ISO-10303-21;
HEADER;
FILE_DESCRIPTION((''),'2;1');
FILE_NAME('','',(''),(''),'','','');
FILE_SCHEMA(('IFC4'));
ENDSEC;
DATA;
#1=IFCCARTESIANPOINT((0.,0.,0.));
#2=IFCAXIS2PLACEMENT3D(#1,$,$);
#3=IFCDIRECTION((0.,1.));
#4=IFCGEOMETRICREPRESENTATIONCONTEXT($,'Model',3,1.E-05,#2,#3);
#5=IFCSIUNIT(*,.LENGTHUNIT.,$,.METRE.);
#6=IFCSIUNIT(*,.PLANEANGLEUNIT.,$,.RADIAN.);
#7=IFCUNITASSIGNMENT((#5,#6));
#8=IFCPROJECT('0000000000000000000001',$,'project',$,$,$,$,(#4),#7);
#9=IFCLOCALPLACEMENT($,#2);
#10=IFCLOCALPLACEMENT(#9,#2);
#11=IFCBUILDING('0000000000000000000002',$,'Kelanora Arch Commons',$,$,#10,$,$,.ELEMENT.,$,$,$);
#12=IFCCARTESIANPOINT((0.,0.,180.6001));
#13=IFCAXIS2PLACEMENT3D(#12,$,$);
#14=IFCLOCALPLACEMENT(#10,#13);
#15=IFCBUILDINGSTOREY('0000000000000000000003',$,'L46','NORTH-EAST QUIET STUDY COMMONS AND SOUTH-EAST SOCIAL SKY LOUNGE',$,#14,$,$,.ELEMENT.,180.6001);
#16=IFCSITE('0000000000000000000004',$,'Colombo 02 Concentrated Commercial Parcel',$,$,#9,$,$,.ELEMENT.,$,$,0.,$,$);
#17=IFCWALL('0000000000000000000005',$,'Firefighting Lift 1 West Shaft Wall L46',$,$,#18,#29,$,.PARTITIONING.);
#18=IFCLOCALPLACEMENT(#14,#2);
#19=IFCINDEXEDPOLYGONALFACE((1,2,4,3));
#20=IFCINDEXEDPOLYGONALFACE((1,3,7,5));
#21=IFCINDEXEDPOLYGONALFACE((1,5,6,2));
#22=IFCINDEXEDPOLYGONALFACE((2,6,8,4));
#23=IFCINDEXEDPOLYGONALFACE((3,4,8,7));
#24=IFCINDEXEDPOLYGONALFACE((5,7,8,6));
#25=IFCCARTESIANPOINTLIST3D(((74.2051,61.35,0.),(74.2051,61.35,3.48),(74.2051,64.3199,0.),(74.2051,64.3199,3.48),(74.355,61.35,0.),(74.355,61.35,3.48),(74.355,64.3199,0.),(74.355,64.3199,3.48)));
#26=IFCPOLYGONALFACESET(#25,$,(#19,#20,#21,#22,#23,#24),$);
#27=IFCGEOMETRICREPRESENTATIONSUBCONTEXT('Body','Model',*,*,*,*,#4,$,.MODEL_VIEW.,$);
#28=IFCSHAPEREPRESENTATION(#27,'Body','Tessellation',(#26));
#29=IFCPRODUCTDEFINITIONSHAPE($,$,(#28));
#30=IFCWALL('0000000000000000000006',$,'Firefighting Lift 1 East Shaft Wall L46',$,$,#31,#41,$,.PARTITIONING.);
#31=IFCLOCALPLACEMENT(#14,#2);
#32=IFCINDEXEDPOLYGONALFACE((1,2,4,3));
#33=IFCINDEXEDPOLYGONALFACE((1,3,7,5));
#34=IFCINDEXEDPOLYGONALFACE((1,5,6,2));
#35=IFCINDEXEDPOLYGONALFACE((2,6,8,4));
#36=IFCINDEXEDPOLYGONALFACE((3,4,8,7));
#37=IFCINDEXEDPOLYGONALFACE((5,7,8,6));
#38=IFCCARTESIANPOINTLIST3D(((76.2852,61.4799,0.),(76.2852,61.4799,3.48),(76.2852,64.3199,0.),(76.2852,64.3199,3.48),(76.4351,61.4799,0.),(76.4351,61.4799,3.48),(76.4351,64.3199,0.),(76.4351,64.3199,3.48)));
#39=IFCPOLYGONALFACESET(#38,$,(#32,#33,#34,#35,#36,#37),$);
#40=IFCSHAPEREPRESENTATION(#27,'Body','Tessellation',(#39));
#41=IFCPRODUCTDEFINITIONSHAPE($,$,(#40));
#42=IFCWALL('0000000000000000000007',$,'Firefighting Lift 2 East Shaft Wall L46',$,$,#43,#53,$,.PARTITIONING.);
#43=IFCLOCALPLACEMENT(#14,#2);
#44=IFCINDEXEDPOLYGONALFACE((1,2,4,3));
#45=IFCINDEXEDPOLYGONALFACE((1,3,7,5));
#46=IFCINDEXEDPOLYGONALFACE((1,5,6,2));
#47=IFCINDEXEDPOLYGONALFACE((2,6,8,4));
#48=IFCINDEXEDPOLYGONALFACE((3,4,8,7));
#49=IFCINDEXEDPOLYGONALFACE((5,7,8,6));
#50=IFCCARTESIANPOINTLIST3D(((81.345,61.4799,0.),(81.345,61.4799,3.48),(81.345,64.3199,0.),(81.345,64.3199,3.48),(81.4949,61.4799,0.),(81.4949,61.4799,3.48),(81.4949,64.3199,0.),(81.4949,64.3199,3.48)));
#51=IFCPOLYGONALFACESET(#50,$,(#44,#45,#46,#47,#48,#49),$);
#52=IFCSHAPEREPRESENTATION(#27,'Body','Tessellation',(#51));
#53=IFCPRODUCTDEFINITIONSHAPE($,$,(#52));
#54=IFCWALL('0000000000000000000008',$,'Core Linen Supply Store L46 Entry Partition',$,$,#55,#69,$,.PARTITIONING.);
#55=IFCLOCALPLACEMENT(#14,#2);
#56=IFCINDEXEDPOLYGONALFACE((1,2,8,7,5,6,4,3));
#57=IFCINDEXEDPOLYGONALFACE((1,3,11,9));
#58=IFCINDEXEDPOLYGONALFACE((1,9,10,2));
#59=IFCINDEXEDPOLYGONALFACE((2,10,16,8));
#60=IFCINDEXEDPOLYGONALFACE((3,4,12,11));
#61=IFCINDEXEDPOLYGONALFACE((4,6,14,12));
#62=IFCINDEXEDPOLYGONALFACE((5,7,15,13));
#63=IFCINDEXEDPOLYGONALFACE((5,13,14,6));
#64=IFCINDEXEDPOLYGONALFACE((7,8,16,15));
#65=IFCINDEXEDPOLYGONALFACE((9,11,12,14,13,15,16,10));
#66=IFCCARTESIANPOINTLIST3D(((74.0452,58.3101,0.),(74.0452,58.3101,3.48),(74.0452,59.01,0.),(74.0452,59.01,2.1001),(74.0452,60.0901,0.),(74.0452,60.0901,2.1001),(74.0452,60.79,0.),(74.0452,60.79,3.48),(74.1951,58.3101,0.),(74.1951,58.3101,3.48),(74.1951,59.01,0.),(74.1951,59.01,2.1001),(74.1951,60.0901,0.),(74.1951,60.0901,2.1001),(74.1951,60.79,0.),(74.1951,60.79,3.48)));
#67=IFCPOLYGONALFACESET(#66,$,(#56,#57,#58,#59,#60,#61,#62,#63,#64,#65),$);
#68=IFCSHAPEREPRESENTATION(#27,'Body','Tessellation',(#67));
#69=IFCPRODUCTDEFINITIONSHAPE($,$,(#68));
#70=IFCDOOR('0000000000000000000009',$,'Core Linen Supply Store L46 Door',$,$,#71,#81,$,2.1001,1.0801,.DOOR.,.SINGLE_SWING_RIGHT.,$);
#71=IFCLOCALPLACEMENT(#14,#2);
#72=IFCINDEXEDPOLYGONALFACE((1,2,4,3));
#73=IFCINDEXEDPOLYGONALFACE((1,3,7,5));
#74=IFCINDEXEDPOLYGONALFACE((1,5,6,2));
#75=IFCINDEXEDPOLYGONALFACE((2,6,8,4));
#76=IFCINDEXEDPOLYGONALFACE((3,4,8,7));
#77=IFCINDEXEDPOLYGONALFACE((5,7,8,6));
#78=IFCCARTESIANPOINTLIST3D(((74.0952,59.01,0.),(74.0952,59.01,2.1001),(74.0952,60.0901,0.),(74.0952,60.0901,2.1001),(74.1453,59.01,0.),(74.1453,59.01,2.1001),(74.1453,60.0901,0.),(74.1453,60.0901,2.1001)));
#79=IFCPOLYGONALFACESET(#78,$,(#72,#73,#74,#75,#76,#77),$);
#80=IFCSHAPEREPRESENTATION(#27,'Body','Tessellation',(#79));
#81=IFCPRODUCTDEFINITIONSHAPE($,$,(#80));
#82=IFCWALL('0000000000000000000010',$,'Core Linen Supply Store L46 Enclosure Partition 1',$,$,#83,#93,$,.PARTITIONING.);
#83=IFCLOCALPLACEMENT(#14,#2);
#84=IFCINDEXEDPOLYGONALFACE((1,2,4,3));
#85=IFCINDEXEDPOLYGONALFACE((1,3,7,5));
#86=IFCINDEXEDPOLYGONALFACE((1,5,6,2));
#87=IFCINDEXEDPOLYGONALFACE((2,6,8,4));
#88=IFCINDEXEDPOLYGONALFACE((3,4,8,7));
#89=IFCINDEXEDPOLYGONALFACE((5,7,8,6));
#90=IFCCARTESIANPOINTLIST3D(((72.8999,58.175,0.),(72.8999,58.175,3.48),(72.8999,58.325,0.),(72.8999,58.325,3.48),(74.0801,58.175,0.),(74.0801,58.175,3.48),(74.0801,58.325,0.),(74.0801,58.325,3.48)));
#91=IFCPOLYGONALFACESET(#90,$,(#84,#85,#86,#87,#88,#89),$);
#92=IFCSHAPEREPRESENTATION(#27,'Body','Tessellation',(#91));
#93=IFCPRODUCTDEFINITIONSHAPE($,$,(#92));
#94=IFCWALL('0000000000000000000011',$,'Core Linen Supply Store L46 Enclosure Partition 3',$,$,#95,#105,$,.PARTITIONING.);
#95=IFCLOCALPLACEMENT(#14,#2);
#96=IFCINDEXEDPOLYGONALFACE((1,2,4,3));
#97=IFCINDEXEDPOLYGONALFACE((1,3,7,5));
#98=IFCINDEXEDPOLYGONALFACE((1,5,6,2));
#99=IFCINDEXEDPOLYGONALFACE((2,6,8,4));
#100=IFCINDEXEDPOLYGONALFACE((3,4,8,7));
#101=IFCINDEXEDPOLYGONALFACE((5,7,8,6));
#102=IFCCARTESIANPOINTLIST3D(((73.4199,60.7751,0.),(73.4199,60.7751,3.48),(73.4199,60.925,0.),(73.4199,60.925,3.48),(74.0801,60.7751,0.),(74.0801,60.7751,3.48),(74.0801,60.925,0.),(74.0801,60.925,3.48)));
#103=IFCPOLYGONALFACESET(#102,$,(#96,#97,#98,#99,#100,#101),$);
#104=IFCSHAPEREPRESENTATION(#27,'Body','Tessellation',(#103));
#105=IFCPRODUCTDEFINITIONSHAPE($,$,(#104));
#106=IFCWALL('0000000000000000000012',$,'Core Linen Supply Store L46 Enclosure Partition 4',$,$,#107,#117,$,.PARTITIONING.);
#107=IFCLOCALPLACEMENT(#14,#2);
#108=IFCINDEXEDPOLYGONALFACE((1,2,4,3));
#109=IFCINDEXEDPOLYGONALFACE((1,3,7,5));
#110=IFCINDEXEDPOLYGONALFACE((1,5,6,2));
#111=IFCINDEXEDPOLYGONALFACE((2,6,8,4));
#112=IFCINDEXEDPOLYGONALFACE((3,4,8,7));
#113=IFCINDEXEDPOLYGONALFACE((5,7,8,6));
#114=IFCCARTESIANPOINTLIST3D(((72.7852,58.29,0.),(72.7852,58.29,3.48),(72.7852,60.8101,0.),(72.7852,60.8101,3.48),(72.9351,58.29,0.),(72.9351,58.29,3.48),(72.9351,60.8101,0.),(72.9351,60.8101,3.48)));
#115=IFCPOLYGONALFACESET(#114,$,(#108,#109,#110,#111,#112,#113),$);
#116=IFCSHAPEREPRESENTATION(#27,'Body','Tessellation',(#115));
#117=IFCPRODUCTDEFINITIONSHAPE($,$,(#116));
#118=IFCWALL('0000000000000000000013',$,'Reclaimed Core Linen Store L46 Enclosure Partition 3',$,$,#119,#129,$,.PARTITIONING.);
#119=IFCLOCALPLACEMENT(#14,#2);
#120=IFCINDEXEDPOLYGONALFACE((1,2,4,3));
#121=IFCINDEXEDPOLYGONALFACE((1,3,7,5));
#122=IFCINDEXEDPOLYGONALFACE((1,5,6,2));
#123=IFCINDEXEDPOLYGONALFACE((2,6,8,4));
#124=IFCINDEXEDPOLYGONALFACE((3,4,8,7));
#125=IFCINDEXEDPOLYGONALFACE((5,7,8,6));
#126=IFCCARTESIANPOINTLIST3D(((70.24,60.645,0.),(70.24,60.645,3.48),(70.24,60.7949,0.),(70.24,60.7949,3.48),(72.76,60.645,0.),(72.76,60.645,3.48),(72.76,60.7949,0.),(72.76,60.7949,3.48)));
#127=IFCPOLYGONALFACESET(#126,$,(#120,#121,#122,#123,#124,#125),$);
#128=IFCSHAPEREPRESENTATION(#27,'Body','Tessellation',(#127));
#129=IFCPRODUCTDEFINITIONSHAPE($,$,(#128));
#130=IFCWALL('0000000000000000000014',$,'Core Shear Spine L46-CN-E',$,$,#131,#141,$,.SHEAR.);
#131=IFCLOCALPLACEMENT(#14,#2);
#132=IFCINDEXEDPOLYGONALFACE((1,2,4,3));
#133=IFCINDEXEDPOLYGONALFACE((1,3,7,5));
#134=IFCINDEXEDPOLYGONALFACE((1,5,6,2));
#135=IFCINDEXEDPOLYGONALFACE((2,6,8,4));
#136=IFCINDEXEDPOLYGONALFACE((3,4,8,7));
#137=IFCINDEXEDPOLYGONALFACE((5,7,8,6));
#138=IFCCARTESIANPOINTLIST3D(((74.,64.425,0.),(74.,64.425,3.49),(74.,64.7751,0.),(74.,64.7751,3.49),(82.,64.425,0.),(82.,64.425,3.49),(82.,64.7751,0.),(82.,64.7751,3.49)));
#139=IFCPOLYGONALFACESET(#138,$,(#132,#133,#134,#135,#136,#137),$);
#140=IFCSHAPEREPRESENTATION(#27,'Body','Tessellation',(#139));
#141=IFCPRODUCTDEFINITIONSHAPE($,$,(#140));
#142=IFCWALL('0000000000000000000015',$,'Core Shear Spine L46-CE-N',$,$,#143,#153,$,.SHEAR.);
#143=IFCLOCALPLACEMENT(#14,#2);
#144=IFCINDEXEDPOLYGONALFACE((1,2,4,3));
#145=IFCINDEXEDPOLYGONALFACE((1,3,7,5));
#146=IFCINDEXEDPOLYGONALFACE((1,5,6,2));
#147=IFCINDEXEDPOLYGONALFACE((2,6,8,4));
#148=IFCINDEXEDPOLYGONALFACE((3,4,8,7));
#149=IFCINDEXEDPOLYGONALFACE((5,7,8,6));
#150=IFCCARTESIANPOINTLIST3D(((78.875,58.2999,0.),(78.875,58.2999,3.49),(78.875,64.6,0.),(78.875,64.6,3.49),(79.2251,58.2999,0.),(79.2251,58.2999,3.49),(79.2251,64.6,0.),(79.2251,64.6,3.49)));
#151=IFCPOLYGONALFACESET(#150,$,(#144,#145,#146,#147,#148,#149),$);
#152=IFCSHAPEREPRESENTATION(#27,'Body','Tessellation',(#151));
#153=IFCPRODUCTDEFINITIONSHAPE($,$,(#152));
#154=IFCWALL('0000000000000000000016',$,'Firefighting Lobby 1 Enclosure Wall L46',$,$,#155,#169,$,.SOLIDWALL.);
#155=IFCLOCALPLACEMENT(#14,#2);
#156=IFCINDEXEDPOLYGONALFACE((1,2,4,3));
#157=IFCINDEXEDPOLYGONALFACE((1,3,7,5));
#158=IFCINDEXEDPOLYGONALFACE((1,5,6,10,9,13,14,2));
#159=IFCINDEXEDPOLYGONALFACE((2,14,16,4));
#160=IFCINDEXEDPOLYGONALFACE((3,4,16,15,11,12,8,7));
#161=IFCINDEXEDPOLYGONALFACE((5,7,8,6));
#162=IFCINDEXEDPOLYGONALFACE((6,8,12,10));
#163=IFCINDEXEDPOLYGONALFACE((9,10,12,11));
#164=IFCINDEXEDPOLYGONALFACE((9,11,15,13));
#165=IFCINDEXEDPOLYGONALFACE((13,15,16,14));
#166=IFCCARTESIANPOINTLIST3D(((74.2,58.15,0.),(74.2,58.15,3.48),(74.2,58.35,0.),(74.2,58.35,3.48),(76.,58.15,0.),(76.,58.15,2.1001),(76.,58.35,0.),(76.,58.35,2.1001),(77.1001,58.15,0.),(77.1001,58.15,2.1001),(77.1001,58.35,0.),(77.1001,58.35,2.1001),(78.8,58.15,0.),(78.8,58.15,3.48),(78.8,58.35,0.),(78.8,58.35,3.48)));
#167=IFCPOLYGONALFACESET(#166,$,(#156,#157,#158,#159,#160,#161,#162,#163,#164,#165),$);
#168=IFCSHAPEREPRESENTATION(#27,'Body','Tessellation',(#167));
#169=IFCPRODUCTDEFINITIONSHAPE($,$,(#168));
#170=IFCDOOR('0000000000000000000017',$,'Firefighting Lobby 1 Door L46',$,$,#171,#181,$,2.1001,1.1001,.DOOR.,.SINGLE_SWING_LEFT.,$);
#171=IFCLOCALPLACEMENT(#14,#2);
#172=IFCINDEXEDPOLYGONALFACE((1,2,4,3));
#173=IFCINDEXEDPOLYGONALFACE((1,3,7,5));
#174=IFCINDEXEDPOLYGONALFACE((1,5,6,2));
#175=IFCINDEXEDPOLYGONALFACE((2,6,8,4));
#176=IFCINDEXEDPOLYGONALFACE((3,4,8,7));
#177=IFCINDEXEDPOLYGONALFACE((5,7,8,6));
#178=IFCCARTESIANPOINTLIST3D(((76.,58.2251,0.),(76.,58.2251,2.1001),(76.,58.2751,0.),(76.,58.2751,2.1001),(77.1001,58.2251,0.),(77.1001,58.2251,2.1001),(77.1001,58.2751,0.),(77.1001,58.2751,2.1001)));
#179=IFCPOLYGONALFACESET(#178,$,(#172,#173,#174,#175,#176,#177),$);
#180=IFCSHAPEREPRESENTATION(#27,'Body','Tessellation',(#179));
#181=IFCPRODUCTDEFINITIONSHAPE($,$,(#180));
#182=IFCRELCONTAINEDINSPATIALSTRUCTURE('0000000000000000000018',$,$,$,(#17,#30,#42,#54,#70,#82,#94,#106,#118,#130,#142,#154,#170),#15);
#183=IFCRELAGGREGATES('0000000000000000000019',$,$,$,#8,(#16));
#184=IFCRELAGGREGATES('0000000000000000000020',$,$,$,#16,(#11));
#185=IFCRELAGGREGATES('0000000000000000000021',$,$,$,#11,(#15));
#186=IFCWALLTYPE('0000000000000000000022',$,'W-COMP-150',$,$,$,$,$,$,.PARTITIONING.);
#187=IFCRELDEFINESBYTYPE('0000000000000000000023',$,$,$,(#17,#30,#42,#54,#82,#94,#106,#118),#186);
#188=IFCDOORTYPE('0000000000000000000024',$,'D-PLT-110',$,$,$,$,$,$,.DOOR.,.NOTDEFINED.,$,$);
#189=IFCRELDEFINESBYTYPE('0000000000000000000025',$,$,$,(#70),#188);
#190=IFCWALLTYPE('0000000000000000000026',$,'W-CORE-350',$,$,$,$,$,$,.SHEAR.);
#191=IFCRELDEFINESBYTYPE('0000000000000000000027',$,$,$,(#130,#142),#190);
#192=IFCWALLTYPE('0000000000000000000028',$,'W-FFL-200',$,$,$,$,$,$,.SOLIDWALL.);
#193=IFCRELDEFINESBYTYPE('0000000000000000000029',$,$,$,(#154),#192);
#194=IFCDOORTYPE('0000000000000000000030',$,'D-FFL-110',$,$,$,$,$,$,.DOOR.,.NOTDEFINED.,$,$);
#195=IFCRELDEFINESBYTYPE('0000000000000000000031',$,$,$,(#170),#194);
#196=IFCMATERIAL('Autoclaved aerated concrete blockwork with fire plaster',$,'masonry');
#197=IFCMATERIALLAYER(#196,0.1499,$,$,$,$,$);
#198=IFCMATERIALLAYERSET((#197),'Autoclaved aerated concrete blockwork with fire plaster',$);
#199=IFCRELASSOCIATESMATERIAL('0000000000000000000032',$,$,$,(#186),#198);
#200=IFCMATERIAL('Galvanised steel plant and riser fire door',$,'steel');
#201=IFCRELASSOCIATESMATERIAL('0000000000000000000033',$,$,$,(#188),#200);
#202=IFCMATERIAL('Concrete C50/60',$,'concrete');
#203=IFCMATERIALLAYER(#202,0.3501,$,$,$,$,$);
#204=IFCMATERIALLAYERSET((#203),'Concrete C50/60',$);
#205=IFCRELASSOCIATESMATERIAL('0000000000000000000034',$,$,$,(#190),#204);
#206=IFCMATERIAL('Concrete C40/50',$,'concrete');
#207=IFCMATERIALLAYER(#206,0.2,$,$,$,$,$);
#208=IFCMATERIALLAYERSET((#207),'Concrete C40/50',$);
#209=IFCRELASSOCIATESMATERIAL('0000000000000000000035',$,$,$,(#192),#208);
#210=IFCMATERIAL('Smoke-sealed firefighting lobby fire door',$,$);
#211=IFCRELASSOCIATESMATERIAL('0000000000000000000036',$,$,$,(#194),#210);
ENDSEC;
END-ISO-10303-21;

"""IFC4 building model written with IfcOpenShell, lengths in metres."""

from ifc_helpers import new_model, si_unit, direction, frame, frame_2d, origin, place, context, subcontext, project, spatial, rectangle, extrude, material, layer, layer_set, type_object, element, fill, save


model = new_model("IFC4")

# Units and contexts
model_context = context("Model", 3, precision=1e-05, world=origin(), true_north=direction((0.0, 1.0)))
body_context = subcontext(model_context, "Body", "Model", "MODEL_VIEW")
ifc_project = project(units=[si_unit("LENGTHUNIT", "METRE"), si_unit("PLANEANGLEUNIT", "RADIAN")], contexts=[model_context])

# Site, building, storey
site_placement = place(None, origin())
site = spatial("IfcSite", under=ifc_project, at=site_placement, Name="Colombo 02 Concentrated Commercial Parcel", CompositionType="ELEMENT", RefElevation=0.0)
building_placement = place(site_placement, origin())
building = spatial("IfcBuilding", under=site, at=building_placement, Name="Kelanora Arch Commons", CompositionType="ELEMENT")
storey_placement = place(building_placement, frame((0.0, 0.0, 180.6001)))
storey = spatial("IfcBuildingStorey", under=building, at=storey_placement, Name="L46", Description="NORTH-EAST QUIET STUDY COMMONS AND SOUTH-EAST SOCIAL SKY LOUNGE", CompositionType="ELEMENT", Elevation=180.6001)

# Walls
ifc_material_1 = material(Name="Autoclaved aerated concrete blockwork with fire plaster", Category="masonry")
ifc_layer_1 = layer(ifc_material_1, 0.1499)
ifc_layer_set_1 = layer_set([ifc_layer_1], Name="Autoclaved aerated concrete blockwork with fire plaster")
wall_type_1 = type_object("IfcWallType", Name="W-COMP-150", PredefinedType="PARTITIONING", material=ifc_layer_set_1)
wall_1_placement = place(storey_placement, frame((74.28, 61.3501, 0.0), z_axis=(0.0, 0.0, 1.0), x_axis=(0.0, 1.0, 0.0)))
element("IfcWall", 1, at=wall_1_placement, inside=storey, type_object=wall_type_1, Name="Firefighting Lift 1 West Shaft Wall L46", PredefinedType="PARTITIONING", context=body_context, shape_type="SweptSolid", body=[
    extrude(rectangle(XDim=2.97, YDim=0.1499, at=frame_2d((1.4849, 0.0))), origin(), (0.0, 0.0, 1.0), 3.48),
])
for number, where, z_axis, x_axis, name in (
    (2, (76.3601, 61.48, 0.0), (0.0, 0.0, 1.0), (0.0, 1.0, 0.0), "Firefighting Lift 1 East Shaft Wall L46"),
    (3, (81.4199, 61.48, 0.0), (0.0, 0.0, 1.0), (0.0, 1.0, 0.0), "Firefighting Lift 2 East Shaft Wall L46"),
):
    element("IfcWall", number, at=place(storey_placement, frame(where, z_axis=z_axis, x_axis=x_axis)), inside=storey, type_object=wall_type_1, Name=name, PredefinedType="PARTITIONING", context=body_context, shape_type="SweptSolid", body=[
        extrude(rectangle(XDim=2.8401, YDim=0.1499, at=frame_2d((1.4199, 0.0))), origin(), (0.0, 0.0, 1.0), 3.48),
    ])

# Wall, opening, door
wall_2_placement = place(storey_placement, frame((74.1201, 58.3101, 0.0), z_axis=(0.0, 0.0, 1.0), x_axis=(0.0, 1.0, 0.0)))
wall_2 = element("IfcWall", 4, at=wall_2_placement, inside=storey, type_object=wall_type_1, Name="Core Linen Supply Store L46 Entry Partition", PredefinedType="PARTITIONING", context=body_context, shape_type="SweptSolid", body=[
    extrude(rectangle(XDim=2.48, YDim=0.1499, at=frame_2d((1.24, 0.0))), origin(), (0.0, 0.0, 1.0), 3.48),
])
opening_1_placement = place(wall_2_placement, frame((0.7, 0.0, 0.0)))
opening_1 = element("IfcOpeningElement", 5, at=opening_1_placement, cuts=wall_2, PredefinedType="OPENING", context=body_context, shape_type="SweptSolid", body=[
    extrude(rectangle(XDim=1.0801, YDim=2.1001, at=frame_2d((0.54, 1.05))), frame((0.0, 0.085, 0.0), z_axis=(0.0, -1.0, 0.0), x_axis=(1.0, 0.0, 0.0)), (0.0, 0.0, 1.0), 0.1699),
])
ifc_material_2 = material(Name="Galvanised steel plant and riser fire door", Category="steel")
door_type_1 = type_object("IfcDoorType", Name="D-PLT-110", OperationType="NOTDEFINED", PredefinedType="DOOR", material=ifc_material_2)
door_1_placement = place(opening_1_placement, origin())
door_1 = element("IfcDoor", 6, at=door_1_placement, inside=storey, type_object=door_type_1, Name="Core Linen Supply Store L46 Door", OperationType="SINGLE_SWING_RIGHT", OverallHeight=2.1001, OverallWidth=1.0801, PredefinedType="DOOR", context=body_context, shape_type="SweptSolid", body=[
    extrude(rectangle(XDim=1.0801, YDim=2.1001, at=frame_2d((0.54, 1.05))), frame((0.0, 0.0249, 0.0), z_axis=(0.0, -1.0, 0.0), x_axis=(1.0, 0.0, 0.0)), (0.0, 0.0, 1.0), 0.05),
])
fill(opening_1, door_1)

# Walls
wall_3_placement = place(storey_placement, frame((72.8999, 58.25, 0.0), z_axis=(0.0, 0.0, 1.0), x_axis=(1.0, 0.0, 0.0)))
element("IfcWall", 7, at=wall_3_placement, inside=storey, type_object=wall_type_1, Name="Core Linen Supply Store L46 Enclosure Partition 1", PredefinedType="PARTITIONING", context=body_context, shape_type="SweptSolid", body=[
    extrude(rectangle(XDim=1.1802, YDim=0.1499, at=frame_2d((0.5901, 0.0))), origin(), (0.0, 0.0, 1.0), 3.48),
])
wall_4_placement = place(storey_placement, frame((74.0801, 60.8501, 0.0), z_axis=(0.0, 0.0, 1.0), x_axis=(-1.0, 0.0, 0.0)))
element("IfcWall", 8, at=wall_4_placement, inside=storey, type_object=wall_type_1, Name="Core Linen Supply Store L46 Enclosure Partition 3", PredefinedType="PARTITIONING", context=body_context, shape_type="SweptSolid", body=[
    extrude(rectangle(XDim=0.6602, YDim=0.1499, at=frame_2d((0.3301, 0.0))), origin(), (0.0, 0.0, 1.0), 3.48),
])
for number, where, z_axis, x_axis, name in (
    (9, (72.8601, 60.8101, 0.0), (0.0, 0.0, 1.0), (0.0, -1.0, 0.0), "Core Linen Supply Store L46 Enclosure Partition 4"),
    (10, (72.76, 60.72, 0.0), (0.0, 0.0, 1.0), (-1.0, 0.0, 0.0), "Reclaimed Core Linen Store L46 Enclosure Partition 3"),
):
    element("IfcWall", number, at=place(storey_placement, frame(where, z_axis=z_axis, x_axis=x_axis)), inside=storey, type_object=wall_type_1, Name=name, PredefinedType="PARTITIONING", context=body_context, shape_type="SweptSolid", body=[
        extrude(rectangle(XDim=2.52, YDim=0.1499, at=frame_2d((1.26, 0.0))), origin(), (0.0, 0.0, 1.0), 3.48),
    ])
ifc_material_3 = material(Name="Concrete C50/60", Category="concrete")
ifc_layer_2 = layer(ifc_material_3, 0.3501)
ifc_layer_set_2 = layer_set([ifc_layer_2], Name="Concrete C50/60")
wall_type_2 = type_object("IfcWallType", Name="W-CORE-350", PredefinedType="SHEAR", material=ifc_layer_set_2)
wall_5_placement = place(storey_placement, frame((74.0, 64.6001, 0.0), z_axis=(0.0, 0.0, 1.0), x_axis=(1.0, 0.0, 0.0)))
element("IfcWall", 11, at=wall_5_placement, inside=storey, type_object=wall_type_2, Name="Core Shear Spine L46-CN-E", PredefinedType="SHEAR", context=body_context, shape_type="SweptSolid", body=[
    extrude(rectangle(XDim=8.0, YDim=0.3501, at=frame_2d((4.0, 0.0))), origin(), (0.0, 0.0, 1.0), 3.49),
])
wall_6_placement = place(storey_placement, frame((79.05, 58.3, 0.0), z_axis=(0.0, 0.0, 1.0), x_axis=(0.0, 1.0, 0.0)))
element("IfcWall", 12, at=wall_6_placement, inside=storey, type_object=wall_type_2, Name="Core Shear Spine L46-CE-N", PredefinedType="SHEAR", context=body_context, shape_type="SweptSolid", body=[
    extrude(rectangle(XDim=6.3, YDim=0.3501, at=frame_2d((3.1499, 0.0))), origin(), (0.0, 0.0, 1.0), 3.49),
])

# Wall, opening, door
ifc_material_4 = material(Name="Concrete C40/50", Category="concrete")
ifc_layer_3 = layer(ifc_material_4, 0.2)
ifc_layer_set_3 = layer_set([ifc_layer_3], Name="Concrete C40/50")
wall_type_3 = type_object("IfcWallType", Name="W-FFL-200", PredefinedType="SOLIDWALL", material=ifc_layer_set_3)
wall_7_placement = place(storey_placement, frame((74.2, 58.25, 0.0), z_axis=(0.0, 0.0, 1.0), x_axis=(1.0, 0.0, 0.0)))
wall_7 = element("IfcWall", 13, at=wall_7_placement, inside=storey, type_object=wall_type_3, Name="Firefighting Lobby 1 Enclosure Wall L46", PredefinedType="SOLIDWALL", context=body_context, shape_type="SweptSolid", body=[
    extrude(rectangle(XDim=4.6001, YDim=0.2, at=frame_2d((2.3, 0.0))), origin(), (0.0, 0.0, 1.0), 3.48),
])
opening_2_placement = place(wall_7_placement, frame((1.8, 0.0, 0.0)))
opening_2 = element("IfcOpeningElement", 14, at=opening_2_placement, cuts=wall_7, PredefinedType="OPENING", context=body_context, shape_type="SweptSolid", body=[
    extrude(rectangle(XDim=1.1001, YDim=2.1001, at=frame_2d((0.55, 1.05))), frame((0.0, 0.1099, 0.0), z_axis=(0.0, -1.0, 0.0), x_axis=(1.0, 0.0, 0.0)), (0.0, 0.0, 1.0), 0.22),
])
ifc_material_5 = material(Name="Smoke-sealed firefighting lobby fire door")
door_type_2 = type_object("IfcDoorType", Name="D-FFL-110", OperationType="NOTDEFINED", PredefinedType="DOOR", material=ifc_material_5)
door_2_placement = place(opening_2_placement, frame((1.1001, 0.0, 0.0), z_axis=(0.0, 0.0, 1.0), x_axis=(-1.0, 0.0, 0.0)))
door_2 = element("IfcDoor", 15, at=door_2_placement, inside=storey, type_object=door_type_2, Name="Firefighting Lobby 1 Door L46", OperationType="SINGLE_SWING_LEFT", OverallHeight=2.1001, OverallWidth=1.1001, PredefinedType="DOOR", context=body_context, shape_type="SweptSolid", body=[
    extrude(rectangle(XDim=1.1001, YDim=2.1001, at=frame_2d((0.55, 1.05))), frame((0.0, 0.0249, 0.0), z_axis=(0.0, -1.0, 0.0), x_axis=(1.0, 0.0, 0.0)), (0.0, 0.0, 1.0), 0.05),
])
fill(opening_2, door_2)

save(model, "model.ifc")
